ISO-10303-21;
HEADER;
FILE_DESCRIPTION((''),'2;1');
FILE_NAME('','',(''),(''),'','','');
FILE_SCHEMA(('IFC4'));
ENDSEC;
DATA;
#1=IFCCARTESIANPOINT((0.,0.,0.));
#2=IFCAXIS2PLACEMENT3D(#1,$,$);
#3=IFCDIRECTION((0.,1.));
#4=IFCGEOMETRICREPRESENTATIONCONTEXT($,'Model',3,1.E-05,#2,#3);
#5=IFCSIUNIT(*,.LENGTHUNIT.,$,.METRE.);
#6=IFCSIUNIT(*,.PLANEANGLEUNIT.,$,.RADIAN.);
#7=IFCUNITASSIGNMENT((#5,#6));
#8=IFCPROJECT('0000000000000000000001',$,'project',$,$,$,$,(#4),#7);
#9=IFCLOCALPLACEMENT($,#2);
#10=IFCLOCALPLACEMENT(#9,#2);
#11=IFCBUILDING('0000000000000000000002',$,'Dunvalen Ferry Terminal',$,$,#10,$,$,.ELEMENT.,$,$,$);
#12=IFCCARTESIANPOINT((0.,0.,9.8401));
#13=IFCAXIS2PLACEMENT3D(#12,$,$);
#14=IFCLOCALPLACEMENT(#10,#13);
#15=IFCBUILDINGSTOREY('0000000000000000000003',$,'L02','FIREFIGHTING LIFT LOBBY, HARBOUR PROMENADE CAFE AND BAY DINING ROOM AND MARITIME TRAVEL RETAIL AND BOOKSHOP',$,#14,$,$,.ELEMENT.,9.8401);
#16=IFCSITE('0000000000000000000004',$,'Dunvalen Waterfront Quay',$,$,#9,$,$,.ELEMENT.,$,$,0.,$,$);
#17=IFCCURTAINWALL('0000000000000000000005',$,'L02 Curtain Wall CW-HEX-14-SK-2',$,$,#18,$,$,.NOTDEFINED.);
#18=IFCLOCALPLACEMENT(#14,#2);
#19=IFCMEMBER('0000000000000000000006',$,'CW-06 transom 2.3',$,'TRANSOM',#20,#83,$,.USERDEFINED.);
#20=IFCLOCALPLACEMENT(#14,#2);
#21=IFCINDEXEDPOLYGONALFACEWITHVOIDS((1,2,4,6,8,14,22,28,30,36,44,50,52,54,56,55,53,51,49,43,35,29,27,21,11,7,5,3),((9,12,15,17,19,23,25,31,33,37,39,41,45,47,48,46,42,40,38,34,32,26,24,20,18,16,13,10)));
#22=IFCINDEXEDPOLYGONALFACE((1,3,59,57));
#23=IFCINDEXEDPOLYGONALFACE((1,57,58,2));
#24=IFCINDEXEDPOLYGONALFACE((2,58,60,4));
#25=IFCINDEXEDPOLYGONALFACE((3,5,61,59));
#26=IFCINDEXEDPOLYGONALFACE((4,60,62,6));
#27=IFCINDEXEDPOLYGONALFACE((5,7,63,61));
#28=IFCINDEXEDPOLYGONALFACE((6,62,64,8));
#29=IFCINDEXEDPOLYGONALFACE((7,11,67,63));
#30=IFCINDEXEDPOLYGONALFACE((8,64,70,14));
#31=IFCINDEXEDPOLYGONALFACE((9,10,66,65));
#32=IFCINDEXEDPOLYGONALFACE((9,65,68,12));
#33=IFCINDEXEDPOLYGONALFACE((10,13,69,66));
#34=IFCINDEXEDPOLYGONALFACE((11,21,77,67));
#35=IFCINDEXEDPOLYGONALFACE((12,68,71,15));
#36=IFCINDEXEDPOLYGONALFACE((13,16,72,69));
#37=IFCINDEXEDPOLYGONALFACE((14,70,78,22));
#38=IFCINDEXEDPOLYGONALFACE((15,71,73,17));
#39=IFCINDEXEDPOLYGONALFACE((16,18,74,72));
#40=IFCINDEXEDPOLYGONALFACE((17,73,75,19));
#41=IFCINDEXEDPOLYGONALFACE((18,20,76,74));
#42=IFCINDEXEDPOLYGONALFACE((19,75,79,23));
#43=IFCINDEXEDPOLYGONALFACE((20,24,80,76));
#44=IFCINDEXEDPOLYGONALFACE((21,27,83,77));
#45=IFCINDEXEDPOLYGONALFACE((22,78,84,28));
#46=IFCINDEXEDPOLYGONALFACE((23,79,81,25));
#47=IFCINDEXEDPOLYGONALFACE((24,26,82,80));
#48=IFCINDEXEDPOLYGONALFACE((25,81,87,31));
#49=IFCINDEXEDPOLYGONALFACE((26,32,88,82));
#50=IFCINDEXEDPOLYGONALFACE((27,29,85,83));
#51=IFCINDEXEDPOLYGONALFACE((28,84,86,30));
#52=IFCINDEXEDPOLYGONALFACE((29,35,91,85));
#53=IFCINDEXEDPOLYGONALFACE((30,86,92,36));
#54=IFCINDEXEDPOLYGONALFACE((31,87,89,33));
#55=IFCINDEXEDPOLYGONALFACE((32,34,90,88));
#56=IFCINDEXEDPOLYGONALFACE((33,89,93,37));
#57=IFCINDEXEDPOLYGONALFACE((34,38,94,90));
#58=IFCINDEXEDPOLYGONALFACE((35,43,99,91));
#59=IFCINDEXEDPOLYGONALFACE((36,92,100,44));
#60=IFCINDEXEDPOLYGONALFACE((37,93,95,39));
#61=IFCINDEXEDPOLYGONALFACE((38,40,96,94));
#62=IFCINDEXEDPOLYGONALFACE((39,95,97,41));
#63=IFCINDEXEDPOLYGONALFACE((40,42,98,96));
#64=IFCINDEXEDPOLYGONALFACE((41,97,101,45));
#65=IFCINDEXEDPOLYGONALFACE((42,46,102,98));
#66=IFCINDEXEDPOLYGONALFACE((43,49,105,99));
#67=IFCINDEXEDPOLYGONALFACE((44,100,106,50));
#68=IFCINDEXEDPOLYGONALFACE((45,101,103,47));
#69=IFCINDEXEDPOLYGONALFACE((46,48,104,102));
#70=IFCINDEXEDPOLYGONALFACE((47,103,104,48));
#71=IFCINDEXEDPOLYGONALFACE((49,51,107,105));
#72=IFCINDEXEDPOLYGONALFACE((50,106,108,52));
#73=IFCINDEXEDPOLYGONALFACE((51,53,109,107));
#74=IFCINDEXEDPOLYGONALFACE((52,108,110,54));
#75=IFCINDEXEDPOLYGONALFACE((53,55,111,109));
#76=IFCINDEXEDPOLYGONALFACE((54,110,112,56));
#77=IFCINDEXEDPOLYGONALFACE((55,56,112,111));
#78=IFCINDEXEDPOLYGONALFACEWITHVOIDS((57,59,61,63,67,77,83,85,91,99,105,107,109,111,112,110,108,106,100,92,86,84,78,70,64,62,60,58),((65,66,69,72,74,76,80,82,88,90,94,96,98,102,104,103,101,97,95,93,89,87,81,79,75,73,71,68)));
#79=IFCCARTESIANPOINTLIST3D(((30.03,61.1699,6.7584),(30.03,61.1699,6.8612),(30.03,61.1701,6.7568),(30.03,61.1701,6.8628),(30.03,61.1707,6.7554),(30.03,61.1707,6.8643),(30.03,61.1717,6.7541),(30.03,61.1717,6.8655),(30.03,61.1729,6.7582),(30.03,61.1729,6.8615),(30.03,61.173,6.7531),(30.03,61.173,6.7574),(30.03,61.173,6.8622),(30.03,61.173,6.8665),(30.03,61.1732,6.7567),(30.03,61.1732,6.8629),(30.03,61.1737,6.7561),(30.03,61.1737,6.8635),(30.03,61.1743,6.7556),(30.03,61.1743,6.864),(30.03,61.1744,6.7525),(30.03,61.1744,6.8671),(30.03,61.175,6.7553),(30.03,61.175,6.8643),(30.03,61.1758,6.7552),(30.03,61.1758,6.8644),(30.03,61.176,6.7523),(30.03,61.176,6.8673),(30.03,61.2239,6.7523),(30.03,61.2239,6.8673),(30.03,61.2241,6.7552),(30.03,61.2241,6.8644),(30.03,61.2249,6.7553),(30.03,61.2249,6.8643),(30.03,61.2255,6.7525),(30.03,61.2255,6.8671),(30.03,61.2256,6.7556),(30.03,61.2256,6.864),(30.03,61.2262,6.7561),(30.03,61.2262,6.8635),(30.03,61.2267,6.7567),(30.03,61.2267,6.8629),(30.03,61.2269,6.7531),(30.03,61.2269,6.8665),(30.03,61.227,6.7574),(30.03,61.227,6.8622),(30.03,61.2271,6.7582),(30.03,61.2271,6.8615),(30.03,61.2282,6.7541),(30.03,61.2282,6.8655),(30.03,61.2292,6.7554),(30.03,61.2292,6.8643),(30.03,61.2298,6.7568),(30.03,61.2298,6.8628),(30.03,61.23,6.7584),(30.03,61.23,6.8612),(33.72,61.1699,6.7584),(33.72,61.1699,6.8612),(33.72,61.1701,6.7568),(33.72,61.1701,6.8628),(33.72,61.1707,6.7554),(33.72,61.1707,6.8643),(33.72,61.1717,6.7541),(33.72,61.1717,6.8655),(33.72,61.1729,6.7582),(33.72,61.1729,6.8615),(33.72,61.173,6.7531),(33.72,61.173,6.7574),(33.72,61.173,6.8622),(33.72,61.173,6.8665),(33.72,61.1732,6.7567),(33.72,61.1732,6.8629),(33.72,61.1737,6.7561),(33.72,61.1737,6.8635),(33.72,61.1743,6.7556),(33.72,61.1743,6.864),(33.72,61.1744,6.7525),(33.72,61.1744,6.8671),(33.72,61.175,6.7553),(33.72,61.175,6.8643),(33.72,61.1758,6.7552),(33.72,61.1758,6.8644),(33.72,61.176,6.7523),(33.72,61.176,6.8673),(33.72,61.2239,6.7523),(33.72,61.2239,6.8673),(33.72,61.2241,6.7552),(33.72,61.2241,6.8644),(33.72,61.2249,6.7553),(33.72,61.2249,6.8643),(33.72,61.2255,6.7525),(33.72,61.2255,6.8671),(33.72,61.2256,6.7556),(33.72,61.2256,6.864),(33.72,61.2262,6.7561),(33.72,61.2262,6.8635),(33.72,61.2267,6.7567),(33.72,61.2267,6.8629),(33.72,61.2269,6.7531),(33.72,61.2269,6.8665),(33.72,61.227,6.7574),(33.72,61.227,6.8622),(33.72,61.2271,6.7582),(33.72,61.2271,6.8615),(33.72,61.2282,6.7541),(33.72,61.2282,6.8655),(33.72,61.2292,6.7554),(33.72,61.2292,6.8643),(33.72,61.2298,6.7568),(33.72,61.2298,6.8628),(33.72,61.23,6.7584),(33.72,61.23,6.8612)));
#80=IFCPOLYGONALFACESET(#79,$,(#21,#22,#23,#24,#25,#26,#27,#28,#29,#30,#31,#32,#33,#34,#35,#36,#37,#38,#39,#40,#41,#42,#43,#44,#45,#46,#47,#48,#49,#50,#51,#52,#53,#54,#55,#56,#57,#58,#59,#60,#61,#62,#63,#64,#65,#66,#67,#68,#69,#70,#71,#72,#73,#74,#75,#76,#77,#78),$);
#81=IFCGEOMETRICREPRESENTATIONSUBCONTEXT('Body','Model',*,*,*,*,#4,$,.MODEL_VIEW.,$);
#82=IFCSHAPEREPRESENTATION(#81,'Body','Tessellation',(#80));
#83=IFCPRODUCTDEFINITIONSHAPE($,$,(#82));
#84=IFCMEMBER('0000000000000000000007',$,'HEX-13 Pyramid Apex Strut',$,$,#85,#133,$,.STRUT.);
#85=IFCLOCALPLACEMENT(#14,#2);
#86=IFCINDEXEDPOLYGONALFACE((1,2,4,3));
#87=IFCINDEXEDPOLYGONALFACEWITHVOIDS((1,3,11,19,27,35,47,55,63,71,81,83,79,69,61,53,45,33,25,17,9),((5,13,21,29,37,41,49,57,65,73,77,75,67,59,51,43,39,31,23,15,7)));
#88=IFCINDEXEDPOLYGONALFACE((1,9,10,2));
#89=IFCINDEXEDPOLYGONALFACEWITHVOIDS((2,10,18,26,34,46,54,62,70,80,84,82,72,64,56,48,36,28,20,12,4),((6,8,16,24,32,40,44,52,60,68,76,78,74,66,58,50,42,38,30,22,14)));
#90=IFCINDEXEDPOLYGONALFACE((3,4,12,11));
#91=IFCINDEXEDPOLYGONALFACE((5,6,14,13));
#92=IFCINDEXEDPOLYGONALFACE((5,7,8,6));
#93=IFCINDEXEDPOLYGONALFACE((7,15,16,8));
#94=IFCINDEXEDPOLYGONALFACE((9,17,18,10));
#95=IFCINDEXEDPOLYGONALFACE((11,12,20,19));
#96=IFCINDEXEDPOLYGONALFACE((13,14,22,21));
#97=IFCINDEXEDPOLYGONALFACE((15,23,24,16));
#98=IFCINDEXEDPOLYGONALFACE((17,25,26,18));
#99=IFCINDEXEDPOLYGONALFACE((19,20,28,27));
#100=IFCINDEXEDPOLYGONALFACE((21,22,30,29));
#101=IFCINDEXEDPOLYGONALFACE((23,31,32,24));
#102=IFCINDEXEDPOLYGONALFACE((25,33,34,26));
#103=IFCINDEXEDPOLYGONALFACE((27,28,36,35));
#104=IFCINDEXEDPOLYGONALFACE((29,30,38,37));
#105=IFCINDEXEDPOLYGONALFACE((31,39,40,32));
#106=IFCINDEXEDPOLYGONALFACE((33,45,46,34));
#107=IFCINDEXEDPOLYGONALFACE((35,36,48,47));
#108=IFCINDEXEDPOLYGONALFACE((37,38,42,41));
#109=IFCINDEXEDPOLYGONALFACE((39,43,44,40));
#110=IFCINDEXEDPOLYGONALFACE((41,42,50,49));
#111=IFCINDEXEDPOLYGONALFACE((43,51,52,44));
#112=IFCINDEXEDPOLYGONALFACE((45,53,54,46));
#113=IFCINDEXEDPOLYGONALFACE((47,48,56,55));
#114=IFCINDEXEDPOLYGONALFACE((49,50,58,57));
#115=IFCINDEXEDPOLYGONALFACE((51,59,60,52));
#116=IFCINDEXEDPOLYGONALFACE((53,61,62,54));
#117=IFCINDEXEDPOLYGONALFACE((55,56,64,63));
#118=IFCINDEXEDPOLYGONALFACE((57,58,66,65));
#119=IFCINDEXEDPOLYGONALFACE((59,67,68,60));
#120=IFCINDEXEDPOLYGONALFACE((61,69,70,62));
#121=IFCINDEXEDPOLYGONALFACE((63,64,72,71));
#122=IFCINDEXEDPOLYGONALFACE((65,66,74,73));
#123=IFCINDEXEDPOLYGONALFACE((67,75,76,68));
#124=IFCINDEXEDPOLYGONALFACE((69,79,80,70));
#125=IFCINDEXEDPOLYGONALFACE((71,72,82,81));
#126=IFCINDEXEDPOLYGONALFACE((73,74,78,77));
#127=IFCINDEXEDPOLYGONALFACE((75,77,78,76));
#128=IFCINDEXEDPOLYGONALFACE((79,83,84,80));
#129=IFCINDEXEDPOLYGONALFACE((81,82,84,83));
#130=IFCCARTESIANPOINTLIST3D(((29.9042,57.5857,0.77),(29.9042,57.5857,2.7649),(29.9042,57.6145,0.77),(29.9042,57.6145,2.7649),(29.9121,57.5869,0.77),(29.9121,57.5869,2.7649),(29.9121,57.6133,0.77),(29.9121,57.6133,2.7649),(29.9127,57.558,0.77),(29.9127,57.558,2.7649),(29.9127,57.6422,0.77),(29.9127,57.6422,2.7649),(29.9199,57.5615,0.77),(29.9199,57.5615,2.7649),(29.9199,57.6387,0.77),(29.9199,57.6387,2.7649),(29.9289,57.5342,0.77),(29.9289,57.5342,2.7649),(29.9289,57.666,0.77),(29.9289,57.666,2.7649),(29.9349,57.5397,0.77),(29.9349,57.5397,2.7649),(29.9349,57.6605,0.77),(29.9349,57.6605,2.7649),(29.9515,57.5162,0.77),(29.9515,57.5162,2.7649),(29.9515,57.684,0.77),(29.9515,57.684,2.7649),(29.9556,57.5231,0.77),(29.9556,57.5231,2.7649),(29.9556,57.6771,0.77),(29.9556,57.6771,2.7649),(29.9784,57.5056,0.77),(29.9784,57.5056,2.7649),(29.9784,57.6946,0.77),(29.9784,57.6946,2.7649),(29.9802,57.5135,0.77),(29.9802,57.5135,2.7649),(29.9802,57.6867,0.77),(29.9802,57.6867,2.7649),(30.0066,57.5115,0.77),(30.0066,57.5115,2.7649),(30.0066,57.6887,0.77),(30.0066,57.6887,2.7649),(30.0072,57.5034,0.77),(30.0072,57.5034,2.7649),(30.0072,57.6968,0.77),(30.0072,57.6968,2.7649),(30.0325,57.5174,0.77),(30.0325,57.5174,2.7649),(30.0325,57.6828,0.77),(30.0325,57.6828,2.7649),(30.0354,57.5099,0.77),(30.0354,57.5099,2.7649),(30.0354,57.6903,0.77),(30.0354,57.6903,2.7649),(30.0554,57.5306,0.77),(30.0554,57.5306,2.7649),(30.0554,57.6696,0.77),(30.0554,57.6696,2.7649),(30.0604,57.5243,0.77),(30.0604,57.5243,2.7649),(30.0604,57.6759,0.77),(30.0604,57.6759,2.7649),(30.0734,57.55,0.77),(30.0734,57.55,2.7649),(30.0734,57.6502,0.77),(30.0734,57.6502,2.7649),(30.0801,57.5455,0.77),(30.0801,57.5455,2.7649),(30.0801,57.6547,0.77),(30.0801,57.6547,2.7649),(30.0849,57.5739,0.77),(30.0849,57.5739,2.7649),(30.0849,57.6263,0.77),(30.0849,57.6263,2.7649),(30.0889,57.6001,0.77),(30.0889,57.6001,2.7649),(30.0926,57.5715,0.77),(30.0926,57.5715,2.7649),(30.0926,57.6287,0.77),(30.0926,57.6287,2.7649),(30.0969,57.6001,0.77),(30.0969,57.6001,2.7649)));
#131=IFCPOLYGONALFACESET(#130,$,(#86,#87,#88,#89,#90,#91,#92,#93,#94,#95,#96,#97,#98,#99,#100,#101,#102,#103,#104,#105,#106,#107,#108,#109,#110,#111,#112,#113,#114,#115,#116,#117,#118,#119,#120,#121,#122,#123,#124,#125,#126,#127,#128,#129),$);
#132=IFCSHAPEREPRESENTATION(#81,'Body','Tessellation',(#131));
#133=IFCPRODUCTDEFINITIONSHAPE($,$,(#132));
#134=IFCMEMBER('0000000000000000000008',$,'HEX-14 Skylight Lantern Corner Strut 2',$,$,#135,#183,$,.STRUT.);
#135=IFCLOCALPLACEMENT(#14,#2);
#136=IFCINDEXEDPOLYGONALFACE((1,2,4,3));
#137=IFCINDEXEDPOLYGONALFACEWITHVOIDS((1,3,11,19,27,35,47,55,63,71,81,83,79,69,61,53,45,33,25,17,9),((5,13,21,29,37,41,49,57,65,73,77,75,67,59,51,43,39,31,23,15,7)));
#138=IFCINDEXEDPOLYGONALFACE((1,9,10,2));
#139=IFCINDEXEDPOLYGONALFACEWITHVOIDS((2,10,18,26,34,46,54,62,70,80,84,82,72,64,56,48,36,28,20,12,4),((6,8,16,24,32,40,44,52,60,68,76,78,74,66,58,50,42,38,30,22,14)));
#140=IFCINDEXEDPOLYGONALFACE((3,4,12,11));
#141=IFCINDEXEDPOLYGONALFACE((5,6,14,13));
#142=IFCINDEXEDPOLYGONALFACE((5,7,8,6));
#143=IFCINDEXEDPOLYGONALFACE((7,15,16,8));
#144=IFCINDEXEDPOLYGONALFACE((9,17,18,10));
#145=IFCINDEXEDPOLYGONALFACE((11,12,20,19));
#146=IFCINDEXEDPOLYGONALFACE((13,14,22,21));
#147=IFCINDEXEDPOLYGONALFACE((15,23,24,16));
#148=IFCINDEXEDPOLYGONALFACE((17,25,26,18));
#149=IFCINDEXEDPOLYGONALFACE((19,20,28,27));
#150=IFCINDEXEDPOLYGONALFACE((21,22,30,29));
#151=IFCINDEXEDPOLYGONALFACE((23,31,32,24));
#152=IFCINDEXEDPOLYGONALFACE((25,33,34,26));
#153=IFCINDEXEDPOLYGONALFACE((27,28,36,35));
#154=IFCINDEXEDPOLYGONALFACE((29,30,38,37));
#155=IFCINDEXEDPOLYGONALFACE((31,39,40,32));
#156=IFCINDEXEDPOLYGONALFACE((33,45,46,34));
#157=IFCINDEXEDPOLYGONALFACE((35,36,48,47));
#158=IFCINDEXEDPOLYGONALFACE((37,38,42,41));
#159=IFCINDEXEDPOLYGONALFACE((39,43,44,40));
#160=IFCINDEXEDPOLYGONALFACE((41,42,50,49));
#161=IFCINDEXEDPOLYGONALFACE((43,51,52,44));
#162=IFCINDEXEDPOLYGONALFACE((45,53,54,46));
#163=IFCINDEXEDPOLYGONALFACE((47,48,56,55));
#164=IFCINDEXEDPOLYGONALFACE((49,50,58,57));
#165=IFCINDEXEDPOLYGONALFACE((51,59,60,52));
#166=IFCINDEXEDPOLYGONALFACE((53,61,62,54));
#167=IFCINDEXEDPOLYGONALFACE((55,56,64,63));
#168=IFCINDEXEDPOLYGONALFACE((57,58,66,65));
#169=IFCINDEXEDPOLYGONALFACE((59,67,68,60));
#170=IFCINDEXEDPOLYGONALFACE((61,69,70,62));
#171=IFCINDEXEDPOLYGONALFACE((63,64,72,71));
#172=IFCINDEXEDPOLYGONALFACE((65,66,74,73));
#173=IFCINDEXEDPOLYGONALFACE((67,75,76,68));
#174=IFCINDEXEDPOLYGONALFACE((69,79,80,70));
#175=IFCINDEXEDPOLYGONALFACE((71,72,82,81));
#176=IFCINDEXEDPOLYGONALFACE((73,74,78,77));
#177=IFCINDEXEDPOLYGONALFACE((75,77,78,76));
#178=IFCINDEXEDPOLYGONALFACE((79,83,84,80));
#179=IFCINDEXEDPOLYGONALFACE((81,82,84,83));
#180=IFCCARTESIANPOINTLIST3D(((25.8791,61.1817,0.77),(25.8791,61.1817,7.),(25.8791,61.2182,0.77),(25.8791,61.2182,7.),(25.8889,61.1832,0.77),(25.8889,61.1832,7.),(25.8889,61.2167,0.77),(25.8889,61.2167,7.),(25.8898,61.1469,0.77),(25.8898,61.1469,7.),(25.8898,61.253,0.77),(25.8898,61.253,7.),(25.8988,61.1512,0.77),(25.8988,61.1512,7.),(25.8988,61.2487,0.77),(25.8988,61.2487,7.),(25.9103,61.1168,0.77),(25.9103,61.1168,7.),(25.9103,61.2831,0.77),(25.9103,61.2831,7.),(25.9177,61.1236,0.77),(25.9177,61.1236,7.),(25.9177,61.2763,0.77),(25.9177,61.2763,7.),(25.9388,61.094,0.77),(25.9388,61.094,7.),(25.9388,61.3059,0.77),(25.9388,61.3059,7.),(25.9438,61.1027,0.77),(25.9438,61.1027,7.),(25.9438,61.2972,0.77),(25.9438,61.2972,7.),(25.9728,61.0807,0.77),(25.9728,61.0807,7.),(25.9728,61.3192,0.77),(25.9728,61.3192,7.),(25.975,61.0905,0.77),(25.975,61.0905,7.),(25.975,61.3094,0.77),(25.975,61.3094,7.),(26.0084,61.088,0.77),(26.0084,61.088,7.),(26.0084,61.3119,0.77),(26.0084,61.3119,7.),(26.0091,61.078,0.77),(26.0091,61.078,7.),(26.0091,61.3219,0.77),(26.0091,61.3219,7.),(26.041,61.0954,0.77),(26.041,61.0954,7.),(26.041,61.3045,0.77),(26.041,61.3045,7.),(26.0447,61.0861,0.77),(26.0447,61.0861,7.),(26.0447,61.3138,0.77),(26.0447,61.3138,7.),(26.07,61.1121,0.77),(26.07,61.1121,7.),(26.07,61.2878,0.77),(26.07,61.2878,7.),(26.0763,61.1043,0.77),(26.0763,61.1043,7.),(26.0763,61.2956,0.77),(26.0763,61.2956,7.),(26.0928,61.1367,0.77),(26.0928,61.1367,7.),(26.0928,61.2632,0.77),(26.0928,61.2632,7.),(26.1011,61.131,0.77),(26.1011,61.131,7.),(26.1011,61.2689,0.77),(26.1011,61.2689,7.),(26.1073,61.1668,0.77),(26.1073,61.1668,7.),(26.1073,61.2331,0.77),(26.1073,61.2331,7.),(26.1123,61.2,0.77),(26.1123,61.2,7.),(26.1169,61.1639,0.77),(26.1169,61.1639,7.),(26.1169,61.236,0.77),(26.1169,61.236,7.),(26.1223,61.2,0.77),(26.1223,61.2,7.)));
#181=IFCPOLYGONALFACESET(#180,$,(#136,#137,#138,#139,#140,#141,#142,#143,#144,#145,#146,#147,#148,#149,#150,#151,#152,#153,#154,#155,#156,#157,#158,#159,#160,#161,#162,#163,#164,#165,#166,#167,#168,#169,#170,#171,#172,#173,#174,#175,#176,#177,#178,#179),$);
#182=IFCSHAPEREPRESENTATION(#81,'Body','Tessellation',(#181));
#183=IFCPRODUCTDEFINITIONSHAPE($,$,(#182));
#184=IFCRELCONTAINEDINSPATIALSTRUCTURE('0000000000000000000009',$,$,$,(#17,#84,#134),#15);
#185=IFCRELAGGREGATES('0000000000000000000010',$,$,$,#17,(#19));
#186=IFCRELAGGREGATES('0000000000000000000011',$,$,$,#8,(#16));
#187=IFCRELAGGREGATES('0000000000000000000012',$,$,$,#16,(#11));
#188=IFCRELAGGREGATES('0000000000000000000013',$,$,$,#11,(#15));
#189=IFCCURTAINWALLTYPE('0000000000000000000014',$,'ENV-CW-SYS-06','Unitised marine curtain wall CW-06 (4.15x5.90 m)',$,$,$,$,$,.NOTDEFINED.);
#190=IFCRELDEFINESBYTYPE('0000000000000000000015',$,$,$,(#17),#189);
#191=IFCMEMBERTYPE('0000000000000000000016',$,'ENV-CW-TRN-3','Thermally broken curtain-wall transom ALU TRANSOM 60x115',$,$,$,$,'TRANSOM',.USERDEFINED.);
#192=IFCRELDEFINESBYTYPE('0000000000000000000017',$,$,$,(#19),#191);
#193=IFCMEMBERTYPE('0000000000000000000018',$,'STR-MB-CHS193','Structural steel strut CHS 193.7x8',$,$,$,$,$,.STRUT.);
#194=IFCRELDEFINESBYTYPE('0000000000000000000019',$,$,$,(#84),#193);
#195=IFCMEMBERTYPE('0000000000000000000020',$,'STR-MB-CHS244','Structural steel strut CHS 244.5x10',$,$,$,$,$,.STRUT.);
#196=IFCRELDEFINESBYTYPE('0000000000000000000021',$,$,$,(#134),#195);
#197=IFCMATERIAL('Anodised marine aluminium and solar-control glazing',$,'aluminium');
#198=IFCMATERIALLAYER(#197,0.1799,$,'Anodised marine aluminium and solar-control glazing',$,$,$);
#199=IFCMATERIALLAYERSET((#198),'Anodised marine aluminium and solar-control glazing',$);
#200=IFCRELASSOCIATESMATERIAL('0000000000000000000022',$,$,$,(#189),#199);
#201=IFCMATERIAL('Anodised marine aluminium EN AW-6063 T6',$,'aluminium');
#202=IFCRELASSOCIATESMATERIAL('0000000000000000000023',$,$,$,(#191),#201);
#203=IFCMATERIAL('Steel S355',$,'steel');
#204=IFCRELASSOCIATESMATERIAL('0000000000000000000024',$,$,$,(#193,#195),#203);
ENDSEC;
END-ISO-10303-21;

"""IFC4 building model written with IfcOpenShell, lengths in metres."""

from ifc_helpers import new_model, si_unit, direction, frame, origin, origin_2d, place, context, subcontext, project, spatial, hollow_rectangle, hollow_circle, extrude, material, layer, layer_set, material_profile, profile_set, type_object, element, aggregate, save


model = new_model("IFC4")

# Units and contexts
model_context = context("Model", 3, precision=1e-05, world=origin(), true_north=direction((0.0, 1.0)))
body_context = subcontext(model_context, "Body", "Model", "MODEL_VIEW")
ifc_project = project(units=[si_unit("LENGTHUNIT", "METRE"), si_unit("PLANEANGLEUNIT", "RADIAN")], contexts=[model_context])

# Site, building, storey
site_placement = place(None, origin())
site = spatial("IfcSite", under=ifc_project, at=site_placement, Name="Dunvalen Waterfront Quay", CompositionType="ELEMENT", RefElevation=0.0)
building_placement = place(site_placement, origin())
building = spatial("IfcBuilding", under=site, at=building_placement, Name="Dunvalen Ferry Terminal", CompositionType="ELEMENT")
storey_placement = place(building_placement, frame((0.0, 0.0, 9.8401)))
storey = spatial("IfcBuildingStorey", under=building, at=storey_placement, Name="L02", Description="FIREFIGHTING LIFT LOBBY, HARBOUR PROMENADE CAFE AND BAY DINING ROOM AND MARITIME TRAVEL RETAIL AND BOOKSHOP", CompositionType="ELEMENT", Elevation=9.8401)

# Curtain wall, member
ifc_material_1 = material(Name="Anodised marine aluminium and solar-control glazing", Category="aluminium")
ifc_layer_1 = layer(ifc_material_1, 0.1799, Name="Anodised marine aluminium and solar-control glazing")
ifc_layer_set_1 = layer_set([ifc_layer_1], Name="Anodised marine aluminium and solar-control glazing")
curtain_wall_type = type_object("IfcCurtainWallType", Name="ENV-CW-SYS-06", Description="Unitised marine curtain wall CW-06 (4.15x5.90 m)", PredefinedType="NOTDEFINED", material=ifc_layer_set_1)
curtain_wall_placement = place(storey_placement, origin())
curtain_wall = element("IfcCurtainWall", 1, at=curtain_wall_placement, inside=storey, type_object=curtain_wall_type, Name="L02 Curtain Wall CW-HEX-14-SK-2", PredefinedType="NOTDEFINED")
ifc_material_2 = material(Name="Anodised marine aluminium EN AW-6063 T6", Category="aluminium")
ifc_material_profile_1 = material_profile(ifc_material_2, hollow_rectangle(XDim=0.0601, YDim=0.115, WallThickness=0.0029, InnerFilletRadius=0.0029, OuterFilletRadius=0.0061, at=origin_2d()), Name="Anodised marine aluminium EN AW-6063 T6")
ifc_profile_set_1 = profile_set([ifc_material_profile_1], Name="Anodised marine aluminium EN AW-6063 T6")
member_type_1 = type_object("IfcMemberType", Name="ENV-CW-TRN-3", Description="Thermally broken curtain-wall transom ALU TRANSOM 60x115", ElementType="TRANSOM", PredefinedType="USERDEFINED", material=ifc_profile_set_1)
member_1_placement = place(storey_placement, frame((30.03, 61.2, 6.8098), z_axis=(1.0, 0.0, 0.0), x_axis=(0.0, 1.0, 0.0)))
member_1 = element("IfcMember", 2, at=member_1_placement, type_object=member_type_1, Name="CW-06 transom 2.3", ObjectType="TRANSOM", PredefinedType="USERDEFINED", context=body_context, shape_type="SweptSolid", body=[
    extrude(hollow_rectangle(XDim=0.0601, YDim=0.115, WallThickness=0.0029, InnerFilletRadius=0.0029, OuterFilletRadius=0.0061, at=origin_2d()), origin(), (0.0, 0.0, 1.0), 3.6899),
])

# Members
ifc_material_3 = material(Name="Steel S355", Category="steel")
ifc_material_profile_2 = material_profile(ifc_material_3, hollow_circle(Radius=0.0969, WallThickness=0.0081, at=origin_2d()), Name="Steel S355")
ifc_profile_set_2 = profile_set([ifc_material_profile_2], Name="Steel S355")
member_type_2 = type_object("IfcMemberType", Name="STR-MB-CHS193", Description="Structural steel strut CHS 193.7x8", PredefinedType="STRUT", material=ifc_profile_set_2)
member_2_placement = place(storey_placement, frame((30.0, 57.6001, 0.77), z_axis=(0.0, 0.0, 1.0), x_axis=(1.0, 0.0, 0.0)))
element("IfcMember", 3, at=member_2_placement, inside=storey, type_object=member_type_2, Name="HEX-13 Pyramid Apex Strut", PredefinedType="STRUT", context=body_context, shape_type="SweptSolid", body=[
    extrude(hollow_circle(Radius=0.0969, WallThickness=0.0081, at=origin_2d()), origin(), (0.0, 0.0, 1.0), 1.9949),
])
ifc_material_profile_3 = material_profile(ifc_material_3, hollow_circle(Radius=0.1223, WallThickness=0.01, at=origin_2d()), Name="Steel S355")
ifc_profile_set_3 = profile_set([ifc_material_profile_3], Name="Steel S355")
member_type_3 = type_object("IfcMemberType", Name="STR-MB-CHS244", Description="Structural steel strut CHS 244.5x10", PredefinedType="STRUT", material=ifc_profile_set_3)
member_3_placement = place(storey_placement, frame((26.0, 61.2, 0.77), z_axis=(0.0, 0.0, 1.0), x_axis=(1.0, 0.0, 0.0)))
element("IfcMember", 4, at=member_3_placement, inside=storey, type_object=member_type_3, Name="HEX-14 Skylight Lantern Corner Strut 2", PredefinedType="STRUT", context=body_context, shape_type="SweptSolid", body=[
    extrude(hollow_circle(Radius=0.1223, WallThickness=0.01, at=origin_2d()), origin(), (0.0, 0.0, 1.0), 6.23),
])

aggregate(curtain_wall, [member_1])

save(model, "model.ifc")
